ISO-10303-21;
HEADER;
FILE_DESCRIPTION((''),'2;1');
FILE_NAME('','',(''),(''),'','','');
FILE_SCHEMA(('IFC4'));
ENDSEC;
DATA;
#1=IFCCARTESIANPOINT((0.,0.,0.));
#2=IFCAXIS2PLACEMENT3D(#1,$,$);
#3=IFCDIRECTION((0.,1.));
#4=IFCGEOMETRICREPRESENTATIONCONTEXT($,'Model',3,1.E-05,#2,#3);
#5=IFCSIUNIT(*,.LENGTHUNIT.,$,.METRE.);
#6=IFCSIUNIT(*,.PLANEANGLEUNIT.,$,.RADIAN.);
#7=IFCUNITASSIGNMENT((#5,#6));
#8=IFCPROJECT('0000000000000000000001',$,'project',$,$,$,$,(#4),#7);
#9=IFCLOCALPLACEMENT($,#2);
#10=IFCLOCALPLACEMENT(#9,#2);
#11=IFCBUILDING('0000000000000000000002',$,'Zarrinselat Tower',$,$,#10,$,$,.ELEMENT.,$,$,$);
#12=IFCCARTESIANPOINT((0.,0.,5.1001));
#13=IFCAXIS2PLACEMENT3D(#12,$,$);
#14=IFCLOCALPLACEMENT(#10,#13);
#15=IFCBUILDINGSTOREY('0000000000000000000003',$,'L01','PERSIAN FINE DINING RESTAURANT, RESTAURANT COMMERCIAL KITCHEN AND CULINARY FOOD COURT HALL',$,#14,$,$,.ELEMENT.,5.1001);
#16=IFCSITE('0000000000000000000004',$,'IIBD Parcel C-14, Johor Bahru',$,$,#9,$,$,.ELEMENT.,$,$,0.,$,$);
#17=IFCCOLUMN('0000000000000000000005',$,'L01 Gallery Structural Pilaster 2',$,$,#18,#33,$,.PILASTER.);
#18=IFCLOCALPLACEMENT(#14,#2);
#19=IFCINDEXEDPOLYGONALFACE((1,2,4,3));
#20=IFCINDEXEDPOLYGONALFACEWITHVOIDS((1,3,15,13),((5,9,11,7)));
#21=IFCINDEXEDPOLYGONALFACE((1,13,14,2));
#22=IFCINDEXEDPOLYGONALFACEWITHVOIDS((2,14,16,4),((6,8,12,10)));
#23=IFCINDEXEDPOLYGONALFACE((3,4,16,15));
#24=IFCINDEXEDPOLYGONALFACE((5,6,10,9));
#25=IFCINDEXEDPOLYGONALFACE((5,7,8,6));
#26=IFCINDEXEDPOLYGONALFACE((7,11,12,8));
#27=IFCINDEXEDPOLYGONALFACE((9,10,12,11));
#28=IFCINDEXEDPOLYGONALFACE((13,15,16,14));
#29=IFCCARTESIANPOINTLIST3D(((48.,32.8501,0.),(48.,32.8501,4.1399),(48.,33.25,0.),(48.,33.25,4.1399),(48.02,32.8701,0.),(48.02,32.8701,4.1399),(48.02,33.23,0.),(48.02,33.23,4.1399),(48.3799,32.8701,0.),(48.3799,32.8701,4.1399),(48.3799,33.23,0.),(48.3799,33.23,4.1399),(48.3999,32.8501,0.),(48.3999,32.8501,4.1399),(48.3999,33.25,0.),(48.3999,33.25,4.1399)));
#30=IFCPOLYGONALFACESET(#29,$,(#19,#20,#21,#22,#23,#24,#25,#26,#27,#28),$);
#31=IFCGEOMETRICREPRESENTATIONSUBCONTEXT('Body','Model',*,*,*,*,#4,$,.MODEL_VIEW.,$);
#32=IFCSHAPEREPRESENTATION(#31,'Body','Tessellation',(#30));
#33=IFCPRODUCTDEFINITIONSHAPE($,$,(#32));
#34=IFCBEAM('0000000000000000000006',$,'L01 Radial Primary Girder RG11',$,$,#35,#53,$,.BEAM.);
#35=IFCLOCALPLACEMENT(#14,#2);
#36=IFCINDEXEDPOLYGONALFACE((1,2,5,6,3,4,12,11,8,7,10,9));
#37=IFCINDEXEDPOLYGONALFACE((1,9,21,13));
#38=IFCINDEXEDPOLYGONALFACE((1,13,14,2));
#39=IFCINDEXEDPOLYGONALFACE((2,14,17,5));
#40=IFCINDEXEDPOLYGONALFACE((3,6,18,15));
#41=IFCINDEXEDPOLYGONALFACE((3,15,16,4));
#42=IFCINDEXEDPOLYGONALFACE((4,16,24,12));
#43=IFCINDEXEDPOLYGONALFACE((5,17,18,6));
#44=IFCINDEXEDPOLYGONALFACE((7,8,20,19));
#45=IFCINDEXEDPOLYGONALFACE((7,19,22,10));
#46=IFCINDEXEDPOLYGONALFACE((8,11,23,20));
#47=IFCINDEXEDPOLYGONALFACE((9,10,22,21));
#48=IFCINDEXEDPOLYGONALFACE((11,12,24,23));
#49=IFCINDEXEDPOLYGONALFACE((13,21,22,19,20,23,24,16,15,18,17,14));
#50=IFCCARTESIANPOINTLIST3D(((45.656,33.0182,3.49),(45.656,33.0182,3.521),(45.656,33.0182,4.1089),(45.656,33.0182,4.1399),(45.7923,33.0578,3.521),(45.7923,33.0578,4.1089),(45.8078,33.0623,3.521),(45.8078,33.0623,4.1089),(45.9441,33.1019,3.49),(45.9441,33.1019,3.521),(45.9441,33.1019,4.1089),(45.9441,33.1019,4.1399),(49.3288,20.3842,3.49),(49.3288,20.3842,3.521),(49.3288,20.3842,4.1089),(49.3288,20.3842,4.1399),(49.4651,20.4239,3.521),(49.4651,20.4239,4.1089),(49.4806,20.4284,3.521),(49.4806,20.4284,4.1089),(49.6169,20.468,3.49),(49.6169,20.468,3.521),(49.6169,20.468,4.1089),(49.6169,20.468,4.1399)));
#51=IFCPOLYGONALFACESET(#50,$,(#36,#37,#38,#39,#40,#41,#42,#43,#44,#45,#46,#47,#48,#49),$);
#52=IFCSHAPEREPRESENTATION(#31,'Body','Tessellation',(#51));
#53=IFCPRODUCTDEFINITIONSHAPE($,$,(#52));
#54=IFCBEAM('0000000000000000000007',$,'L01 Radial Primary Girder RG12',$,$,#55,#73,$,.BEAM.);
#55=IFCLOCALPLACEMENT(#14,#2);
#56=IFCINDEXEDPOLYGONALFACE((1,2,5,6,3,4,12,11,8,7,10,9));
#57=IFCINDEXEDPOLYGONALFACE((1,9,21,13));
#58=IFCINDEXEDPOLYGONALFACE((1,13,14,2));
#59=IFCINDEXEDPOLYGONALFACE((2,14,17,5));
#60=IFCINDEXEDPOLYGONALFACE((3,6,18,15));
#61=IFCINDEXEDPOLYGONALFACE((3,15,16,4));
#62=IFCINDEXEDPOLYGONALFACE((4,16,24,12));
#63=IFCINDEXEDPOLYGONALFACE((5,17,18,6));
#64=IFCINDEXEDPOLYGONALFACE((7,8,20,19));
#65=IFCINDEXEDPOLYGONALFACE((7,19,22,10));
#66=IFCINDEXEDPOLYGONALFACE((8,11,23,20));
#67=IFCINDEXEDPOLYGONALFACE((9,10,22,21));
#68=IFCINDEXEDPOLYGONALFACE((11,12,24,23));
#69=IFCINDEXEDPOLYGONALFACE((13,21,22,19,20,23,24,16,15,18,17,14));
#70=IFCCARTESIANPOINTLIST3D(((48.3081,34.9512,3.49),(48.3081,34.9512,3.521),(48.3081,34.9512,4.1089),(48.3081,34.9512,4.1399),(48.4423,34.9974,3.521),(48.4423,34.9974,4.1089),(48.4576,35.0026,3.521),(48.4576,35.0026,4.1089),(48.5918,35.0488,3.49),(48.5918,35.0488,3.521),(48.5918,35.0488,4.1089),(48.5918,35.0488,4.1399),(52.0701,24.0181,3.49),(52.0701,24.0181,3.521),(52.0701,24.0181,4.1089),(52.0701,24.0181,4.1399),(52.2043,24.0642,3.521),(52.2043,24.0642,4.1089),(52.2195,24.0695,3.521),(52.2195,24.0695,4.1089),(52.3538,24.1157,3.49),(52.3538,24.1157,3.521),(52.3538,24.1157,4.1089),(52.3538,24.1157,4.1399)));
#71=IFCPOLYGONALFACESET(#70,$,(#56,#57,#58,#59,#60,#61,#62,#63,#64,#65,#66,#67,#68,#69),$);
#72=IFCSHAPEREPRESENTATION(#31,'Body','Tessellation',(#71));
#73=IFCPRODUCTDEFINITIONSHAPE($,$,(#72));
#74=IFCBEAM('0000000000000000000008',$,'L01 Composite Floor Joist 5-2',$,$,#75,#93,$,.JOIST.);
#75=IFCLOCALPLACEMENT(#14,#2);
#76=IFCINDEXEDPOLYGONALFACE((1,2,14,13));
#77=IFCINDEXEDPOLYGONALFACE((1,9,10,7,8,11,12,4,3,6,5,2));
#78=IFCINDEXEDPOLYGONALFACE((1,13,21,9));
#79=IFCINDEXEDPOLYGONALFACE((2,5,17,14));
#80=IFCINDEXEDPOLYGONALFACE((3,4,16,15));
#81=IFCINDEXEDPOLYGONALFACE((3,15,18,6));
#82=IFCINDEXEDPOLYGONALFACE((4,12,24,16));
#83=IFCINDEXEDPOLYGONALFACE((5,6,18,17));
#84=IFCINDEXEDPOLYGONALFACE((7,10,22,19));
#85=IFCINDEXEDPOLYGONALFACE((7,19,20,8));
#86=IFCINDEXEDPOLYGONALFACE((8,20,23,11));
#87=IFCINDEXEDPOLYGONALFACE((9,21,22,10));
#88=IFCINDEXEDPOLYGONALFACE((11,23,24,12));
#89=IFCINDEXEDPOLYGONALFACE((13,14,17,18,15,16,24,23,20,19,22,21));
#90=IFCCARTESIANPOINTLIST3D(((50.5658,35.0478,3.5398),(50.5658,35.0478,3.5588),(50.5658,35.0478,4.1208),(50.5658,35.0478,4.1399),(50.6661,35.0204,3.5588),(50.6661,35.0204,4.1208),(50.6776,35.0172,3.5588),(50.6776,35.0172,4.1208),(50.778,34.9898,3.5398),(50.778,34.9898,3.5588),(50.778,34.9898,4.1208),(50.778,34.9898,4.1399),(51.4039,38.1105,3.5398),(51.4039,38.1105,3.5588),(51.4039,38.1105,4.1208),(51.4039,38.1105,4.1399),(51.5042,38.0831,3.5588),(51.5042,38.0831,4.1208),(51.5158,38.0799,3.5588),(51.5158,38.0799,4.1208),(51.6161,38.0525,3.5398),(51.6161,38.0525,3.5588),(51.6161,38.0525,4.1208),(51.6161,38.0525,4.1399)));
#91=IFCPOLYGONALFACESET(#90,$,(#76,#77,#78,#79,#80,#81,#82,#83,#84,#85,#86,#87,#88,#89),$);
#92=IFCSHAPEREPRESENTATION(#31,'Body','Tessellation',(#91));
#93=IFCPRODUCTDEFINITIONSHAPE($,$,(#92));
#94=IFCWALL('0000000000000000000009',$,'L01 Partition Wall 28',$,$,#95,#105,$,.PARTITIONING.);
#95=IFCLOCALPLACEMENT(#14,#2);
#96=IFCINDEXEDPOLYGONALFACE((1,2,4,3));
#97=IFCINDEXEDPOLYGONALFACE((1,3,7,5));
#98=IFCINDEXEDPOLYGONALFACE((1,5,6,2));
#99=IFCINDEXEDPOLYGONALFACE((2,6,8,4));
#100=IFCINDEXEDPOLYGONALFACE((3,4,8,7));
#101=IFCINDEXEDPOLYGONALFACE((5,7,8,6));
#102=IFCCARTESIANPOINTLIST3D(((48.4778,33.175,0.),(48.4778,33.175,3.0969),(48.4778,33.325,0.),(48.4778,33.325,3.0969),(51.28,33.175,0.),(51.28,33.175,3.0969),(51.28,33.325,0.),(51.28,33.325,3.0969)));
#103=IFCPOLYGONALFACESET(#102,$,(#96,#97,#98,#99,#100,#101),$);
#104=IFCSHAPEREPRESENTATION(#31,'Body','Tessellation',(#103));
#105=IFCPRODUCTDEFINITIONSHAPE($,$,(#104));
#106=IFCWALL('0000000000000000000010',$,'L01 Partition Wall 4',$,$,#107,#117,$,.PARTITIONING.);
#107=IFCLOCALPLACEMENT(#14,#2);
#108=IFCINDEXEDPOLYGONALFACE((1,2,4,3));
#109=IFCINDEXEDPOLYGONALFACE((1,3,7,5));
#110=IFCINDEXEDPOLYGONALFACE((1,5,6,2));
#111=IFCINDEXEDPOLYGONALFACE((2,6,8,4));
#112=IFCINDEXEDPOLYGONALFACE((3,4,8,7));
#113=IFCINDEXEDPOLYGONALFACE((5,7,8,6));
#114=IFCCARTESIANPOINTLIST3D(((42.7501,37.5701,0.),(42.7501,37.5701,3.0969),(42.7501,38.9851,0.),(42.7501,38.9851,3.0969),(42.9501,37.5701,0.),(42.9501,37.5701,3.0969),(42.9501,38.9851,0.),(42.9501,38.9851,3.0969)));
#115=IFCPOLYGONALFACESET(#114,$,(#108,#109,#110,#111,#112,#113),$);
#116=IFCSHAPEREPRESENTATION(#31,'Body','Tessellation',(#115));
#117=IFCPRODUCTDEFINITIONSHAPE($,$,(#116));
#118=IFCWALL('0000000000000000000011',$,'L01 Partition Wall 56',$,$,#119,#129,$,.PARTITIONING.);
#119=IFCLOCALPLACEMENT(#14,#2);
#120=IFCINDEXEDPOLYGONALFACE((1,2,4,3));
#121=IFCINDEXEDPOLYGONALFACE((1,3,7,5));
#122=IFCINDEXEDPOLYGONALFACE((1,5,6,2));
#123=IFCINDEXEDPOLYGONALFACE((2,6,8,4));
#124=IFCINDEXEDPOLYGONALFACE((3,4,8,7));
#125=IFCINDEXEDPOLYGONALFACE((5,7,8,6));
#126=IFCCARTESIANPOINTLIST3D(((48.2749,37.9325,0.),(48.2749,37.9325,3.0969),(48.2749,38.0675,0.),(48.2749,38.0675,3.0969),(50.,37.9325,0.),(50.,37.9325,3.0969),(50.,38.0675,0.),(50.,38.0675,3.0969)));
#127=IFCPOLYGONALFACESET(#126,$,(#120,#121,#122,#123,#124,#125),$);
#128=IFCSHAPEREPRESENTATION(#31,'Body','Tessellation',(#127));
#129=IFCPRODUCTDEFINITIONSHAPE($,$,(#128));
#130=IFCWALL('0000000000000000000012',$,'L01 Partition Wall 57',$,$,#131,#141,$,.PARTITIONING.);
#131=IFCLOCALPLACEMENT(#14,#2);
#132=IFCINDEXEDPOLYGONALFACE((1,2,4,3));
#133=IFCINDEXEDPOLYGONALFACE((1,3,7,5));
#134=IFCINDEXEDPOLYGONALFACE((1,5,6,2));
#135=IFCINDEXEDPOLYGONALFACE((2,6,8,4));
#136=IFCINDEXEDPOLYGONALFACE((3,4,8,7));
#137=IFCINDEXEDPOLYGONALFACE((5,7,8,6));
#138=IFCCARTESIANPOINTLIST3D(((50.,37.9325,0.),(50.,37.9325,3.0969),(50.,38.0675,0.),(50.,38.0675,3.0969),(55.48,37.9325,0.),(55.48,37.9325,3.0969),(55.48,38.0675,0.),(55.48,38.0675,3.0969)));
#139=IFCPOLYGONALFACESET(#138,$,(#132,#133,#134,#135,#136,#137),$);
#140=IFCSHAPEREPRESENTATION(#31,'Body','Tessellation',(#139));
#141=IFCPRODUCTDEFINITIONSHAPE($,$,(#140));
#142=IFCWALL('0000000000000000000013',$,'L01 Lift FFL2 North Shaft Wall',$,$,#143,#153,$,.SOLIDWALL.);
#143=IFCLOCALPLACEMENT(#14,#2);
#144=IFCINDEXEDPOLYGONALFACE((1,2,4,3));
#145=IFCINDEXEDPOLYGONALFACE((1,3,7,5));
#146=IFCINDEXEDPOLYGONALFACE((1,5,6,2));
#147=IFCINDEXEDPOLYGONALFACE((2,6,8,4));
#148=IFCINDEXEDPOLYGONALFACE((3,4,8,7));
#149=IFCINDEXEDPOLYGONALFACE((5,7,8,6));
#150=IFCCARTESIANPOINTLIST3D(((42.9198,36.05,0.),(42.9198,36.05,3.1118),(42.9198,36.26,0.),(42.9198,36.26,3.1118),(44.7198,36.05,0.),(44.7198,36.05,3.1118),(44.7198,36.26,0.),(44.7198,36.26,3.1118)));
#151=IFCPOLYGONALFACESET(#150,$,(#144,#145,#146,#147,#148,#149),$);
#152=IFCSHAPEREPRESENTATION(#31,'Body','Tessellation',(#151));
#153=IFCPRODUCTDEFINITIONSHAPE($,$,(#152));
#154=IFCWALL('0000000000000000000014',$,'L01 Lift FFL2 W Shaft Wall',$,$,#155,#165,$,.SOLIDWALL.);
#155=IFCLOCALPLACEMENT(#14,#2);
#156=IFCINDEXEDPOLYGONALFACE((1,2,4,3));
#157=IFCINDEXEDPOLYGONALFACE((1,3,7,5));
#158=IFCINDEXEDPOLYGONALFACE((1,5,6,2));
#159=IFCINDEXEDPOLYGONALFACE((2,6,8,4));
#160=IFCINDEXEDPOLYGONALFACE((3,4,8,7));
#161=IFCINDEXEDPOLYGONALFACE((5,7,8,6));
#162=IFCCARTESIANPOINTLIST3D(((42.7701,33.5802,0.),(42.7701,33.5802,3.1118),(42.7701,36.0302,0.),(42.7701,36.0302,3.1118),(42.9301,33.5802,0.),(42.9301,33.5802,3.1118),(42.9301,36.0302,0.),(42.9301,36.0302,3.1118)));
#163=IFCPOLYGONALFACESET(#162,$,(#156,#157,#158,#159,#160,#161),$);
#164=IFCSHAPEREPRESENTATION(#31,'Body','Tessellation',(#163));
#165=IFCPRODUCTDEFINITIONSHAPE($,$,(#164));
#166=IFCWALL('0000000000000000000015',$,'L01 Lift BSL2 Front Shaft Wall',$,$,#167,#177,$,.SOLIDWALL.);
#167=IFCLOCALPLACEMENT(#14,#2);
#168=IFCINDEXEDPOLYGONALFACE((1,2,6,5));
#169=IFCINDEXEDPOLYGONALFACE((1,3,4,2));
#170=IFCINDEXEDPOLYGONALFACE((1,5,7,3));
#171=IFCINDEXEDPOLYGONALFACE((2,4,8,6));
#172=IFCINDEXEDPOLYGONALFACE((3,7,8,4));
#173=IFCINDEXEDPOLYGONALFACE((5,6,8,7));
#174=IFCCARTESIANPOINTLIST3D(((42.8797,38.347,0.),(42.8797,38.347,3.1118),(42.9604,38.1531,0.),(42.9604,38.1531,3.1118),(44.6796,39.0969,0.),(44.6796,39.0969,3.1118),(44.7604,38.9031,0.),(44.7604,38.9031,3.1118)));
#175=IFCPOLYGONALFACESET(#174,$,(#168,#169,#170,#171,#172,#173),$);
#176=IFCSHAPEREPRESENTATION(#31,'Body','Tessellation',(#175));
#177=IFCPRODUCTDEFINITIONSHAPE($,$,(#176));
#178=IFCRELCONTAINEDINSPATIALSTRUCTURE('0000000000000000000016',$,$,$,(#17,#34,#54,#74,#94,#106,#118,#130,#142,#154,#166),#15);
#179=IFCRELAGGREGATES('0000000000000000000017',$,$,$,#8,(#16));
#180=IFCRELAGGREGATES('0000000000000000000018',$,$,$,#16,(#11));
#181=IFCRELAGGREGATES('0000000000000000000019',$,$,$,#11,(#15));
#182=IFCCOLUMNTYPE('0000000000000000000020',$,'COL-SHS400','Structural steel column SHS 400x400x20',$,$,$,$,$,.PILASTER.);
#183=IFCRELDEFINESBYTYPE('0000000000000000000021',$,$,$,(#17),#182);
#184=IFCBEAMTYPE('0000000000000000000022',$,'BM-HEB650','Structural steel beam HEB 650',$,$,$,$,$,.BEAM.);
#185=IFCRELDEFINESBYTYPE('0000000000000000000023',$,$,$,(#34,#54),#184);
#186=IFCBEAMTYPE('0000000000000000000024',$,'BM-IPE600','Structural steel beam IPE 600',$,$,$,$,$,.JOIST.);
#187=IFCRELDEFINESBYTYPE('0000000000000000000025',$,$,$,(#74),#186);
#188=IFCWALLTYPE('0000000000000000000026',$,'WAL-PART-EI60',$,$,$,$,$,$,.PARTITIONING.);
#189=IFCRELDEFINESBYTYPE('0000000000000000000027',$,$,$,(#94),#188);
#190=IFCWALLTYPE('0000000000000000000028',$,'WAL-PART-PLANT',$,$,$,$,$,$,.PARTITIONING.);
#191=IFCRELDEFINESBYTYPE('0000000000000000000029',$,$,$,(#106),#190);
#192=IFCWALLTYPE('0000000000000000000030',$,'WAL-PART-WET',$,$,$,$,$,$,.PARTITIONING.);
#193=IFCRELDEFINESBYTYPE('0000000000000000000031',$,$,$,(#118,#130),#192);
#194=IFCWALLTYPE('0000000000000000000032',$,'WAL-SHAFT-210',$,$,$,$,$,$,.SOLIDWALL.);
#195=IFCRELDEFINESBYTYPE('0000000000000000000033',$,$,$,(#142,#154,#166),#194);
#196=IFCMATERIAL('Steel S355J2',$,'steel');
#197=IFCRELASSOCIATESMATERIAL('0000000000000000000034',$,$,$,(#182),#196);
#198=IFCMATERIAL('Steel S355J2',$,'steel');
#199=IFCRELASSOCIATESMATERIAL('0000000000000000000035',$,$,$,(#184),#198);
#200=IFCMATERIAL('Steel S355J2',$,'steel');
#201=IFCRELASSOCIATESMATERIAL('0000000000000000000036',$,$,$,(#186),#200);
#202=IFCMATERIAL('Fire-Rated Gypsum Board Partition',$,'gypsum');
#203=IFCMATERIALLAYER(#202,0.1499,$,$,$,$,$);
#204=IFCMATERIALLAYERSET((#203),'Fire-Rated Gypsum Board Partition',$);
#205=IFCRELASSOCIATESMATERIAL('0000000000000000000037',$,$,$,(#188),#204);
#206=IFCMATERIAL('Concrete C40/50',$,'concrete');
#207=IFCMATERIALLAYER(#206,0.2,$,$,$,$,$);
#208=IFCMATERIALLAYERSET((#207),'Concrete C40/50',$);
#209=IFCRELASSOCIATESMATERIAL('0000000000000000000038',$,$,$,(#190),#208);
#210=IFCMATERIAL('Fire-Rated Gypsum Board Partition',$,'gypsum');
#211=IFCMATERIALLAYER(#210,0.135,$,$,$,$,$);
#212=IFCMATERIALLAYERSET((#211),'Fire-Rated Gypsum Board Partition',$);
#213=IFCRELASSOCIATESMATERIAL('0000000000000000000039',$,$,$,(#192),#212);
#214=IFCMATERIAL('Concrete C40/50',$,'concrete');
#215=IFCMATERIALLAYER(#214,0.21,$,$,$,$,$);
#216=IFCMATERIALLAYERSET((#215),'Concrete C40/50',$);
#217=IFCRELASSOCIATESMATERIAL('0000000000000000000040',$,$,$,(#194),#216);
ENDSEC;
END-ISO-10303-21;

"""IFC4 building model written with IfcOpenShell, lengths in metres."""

from ifc_helpers import new_model, si_unit, direction, frame, frame_2d, origin, origin_2d, place, context, subcontext, project, spatial, rectangle, hollow_rectangle, i_section, extrude, material, layer, layer_set, material_profile, profile_set, type_object, element, save


model = new_model("IFC4")

# Units and contexts
model_context = context("Model", 3, precision=1e-05, world=origin(), true_north=direction((0.0, 1.0)))
body_context = subcontext(model_context, "Body", "Model", "MODEL_VIEW")
ifc_project = project(units=[si_unit("LENGTHUNIT", "METRE"), si_unit("PLANEANGLEUNIT", "RADIAN")], contexts=[model_context])

# Site, building, storey
site_placement = place(None, origin())
site = spatial("IfcSite", under=ifc_project, at=site_placement, Name="IIBD Parcel C-14, Johor Bahru", CompositionType="ELEMENT", RefElevation=0.0)
building_placement = place(site_placement, origin())
building = spatial("IfcBuilding", under=site, at=building_placement, Name="Zarrinselat Tower", CompositionType="ELEMENT")
storey_placement = place(building_placement, frame((0.0, 0.0, 5.1001)))
storey = spatial("IfcBuildingStorey", under=building, at=storey_placement, Name="L01", Description="PERSIAN FINE DINING RESTAURANT, RESTAURANT COMMERCIAL KITCHEN AND CULINARY FOOD COURT HALL", CompositionType="ELEMENT", Elevation=5.1001)

# Column
ifc_material_1 = material(Name="Steel S355J2", Category="steel")
ifc_material_profile_1 = material_profile(ifc_material_1, hollow_rectangle(XDim=0.3999, YDim=0.3999, WallThickness=0.02, at=origin_2d()), Name="SHS 400x400x20")
ifc_profile_set_1 = profile_set([ifc_material_profile_1], Name="Steel S355J2")
column_type = type_object("IfcColumnType", Name="COL-SHS400", Description="Structural steel column SHS 400x400x20", PredefinedType="PILASTER", material=ifc_profile_set_1)
column_placement = place(storey_placement, frame((48.2, 33.05, 0.0), z_axis=(0.0, 0.0, 1.0), x_axis=(1.0, 0.0, 0.0)))
element("IfcColumn", 1, at=column_placement, inside=storey, type_object=column_type, Name="L01 Gallery Structural Pilaster 2", PredefinedType="PILASTER", context=body_context, shape_type="SweptSolid", body=[
    extrude(hollow_rectangle(XDim=0.3999, YDim=0.3999, WallThickness=0.02, at=origin_2d()), origin(), (0.0, 0.0, 1.0), 4.1399),
])

# Beams
ifc_material_2 = material(Name="Steel S355J2", Category="steel")
ifc_material_profile_2 = material_profile(ifc_material_2, i_section(OverallWidth=0.3, OverallDepth=0.6499, WebThickness=0.0161, FlangeThickness=0.031, at=origin_2d()), Name="HEB 650")
ifc_profile_set_2 = profile_set([ifc_material_profile_2], Name="Steel S355J2")
beam_type_1 = type_object("IfcBeamType", Name="BM-HEB650", Description="Structural steel beam HEB 650", PredefinedType="BEAM", material=ifc_profile_set_2)
beam_1_placement = place(storey_placement, frame((45.8, 33.0601, 3.8149), z_axis=(0.279154, -0.960246, 0.0), x_axis=(0.960246, 0.279154, 0.0)))
element("IfcBeam", 2, at=beam_1_placement, inside=storey, type_object=beam_type_1, Name="L01 Radial Primary Girder RG11", PredefinedType="BEAM", context=body_context, shape_type="SweptSolid", body=[
    extrude(i_section(OverallWidth=0.3, OverallDepth=0.6499, WebThickness=0.0161, FlangeThickness=0.031, at=origin_2d()), origin(), (0.0, 0.0, 1.0), 13.157),
])
beam_2_placement = place(storey_placement, frame((48.45, 35.0, 3.8149), z_axis=(0.325367, -0.945588, 0.0), x_axis=(0.945588, 0.325367, 0.0)))
element("IfcBeam", 3, at=beam_2_placement, inside=storey, type_object=beam_type_1, Name="L01 Radial Primary Girder RG12", PredefinedType="BEAM", context=body_context, shape_type="SweptSolid", body=[
    extrude(i_section(OverallWidth=0.3, OverallDepth=0.6499, WebThickness=0.0161, FlangeThickness=0.031, at=origin_2d()), origin(), (0.0, 0.0, 1.0), 11.5623),
])
ifc_material_3 = material(Name="Steel S355J2", Category="steel")
ifc_material_profile_3 = material_profile(ifc_material_3, i_section(OverallWidth=0.22, OverallDepth=0.6001, WebThickness=0.012, FlangeThickness=0.019, at=origin_2d()), Name="IPE 600")
ifc_profile_set_3 = profile_set([ifc_material_profile_3], Name="Steel S355J2")
beam_type_2 = type_object("IfcBeamType", Name="BM-IPE600", Description="Structural steel beam IPE 600", PredefinedType="JOIST", material=ifc_profile_set_3)
beam_3_placement = place(storey_placement, frame((50.6719, 35.0188, 3.8398), z_axis=(0.26395, 0.964536, 0.0), x_axis=(-0.964536, 0.26395, 0.0)))
element("IfcBeam", 4, at=beam_3_placement, inside=storey, type_object=beam_type_2, Name="L01 Composite Floor Joist 5-2", PredefinedType="JOIST", context=body_context, shape_type="SweptSolid", body=[
    extrude(i_section(OverallWidth=0.22, OverallDepth=0.6001, WebThickness=0.012, FlangeThickness=0.019, at=origin_2d()), origin(), (0.0, 0.0, 1.0), 3.1753),
])

# Walls
ifc_material_4 = material(Name="Fire-Rated Gypsum Board Partition", Category="gypsum")
ifc_layer_1 = layer(ifc_material_4, 0.1499)
ifc_layer_set_1 = layer_set([ifc_layer_1], Name="Fire-Rated Gypsum Board Partition")
wall_type_1 = type_object("IfcWallType", Name="WAL-PART-EI60", PredefinedType="PARTITIONING", material=ifc_layer_set_1)
wall_1_placement = place(storey_placement, frame((48.4778, 33.25, 0.0), z_axis=(0.0, 0.0, 1.0), x_axis=(1.0, 0.0, 0.0)))
element("IfcWall", 5, at=wall_1_placement, inside=storey, type_object=wall_type_1, Name="L01 Partition Wall 28", PredefinedType="PARTITIONING", context=body_context, shape_type="SweptSolid", body=[
    extrude(rectangle(XDim=2.8022, YDim=0.1499, at=frame_2d((1.4011, 0.0))), origin(), (0.0, 0.0, 1.0), 3.0969),
])
ifc_material_5 = material(Name="Concrete C40/50", Category="concrete")
ifc_layer_2 = layer(ifc_material_5, 0.2)
ifc_layer_set_2 = layer_set([ifc_layer_2], Name="Concrete C40/50")
wall_type_2 = type_object("IfcWallType", Name="WAL-PART-PLANT", PredefinedType="PARTITIONING", material=ifc_layer_set_2)
wall_2_placement = place(storey_placement, frame((42.8501, 37.5701, 0.0), z_axis=(0.0, 0.0, 1.0), x_axis=(0.0, 1.0, 0.0)))
element("IfcWall", 6, at=wall_2_placement, inside=storey, type_object=wall_type_2, Name="L01 Partition Wall 4", PredefinedType="PARTITIONING", context=body_context, shape_type="SweptSolid", body=[
    extrude(rectangle(XDim=1.415, YDim=0.2, at=frame_2d((0.7075, 0.0))), origin(), (0.0, 0.0, 1.0), 3.0969),
])
ifc_material_6 = material(Name="Fire-Rated Gypsum Board Partition", Category="gypsum")
ifc_layer_3 = layer(ifc_material_6, 0.135)
ifc_layer_set_3 = layer_set([ifc_layer_3], Name="Fire-Rated Gypsum Board Partition")
wall_type_3 = type_object("IfcWallType", Name="WAL-PART-WET", PredefinedType="PARTITIONING", material=ifc_layer_set_3)
wall_3_placement = place(storey_placement, frame((48.2749, 38.0, 0.0), z_axis=(0.0, 0.0, 1.0), x_axis=(1.0, 0.0, 0.0)))
element("IfcWall", 7, at=wall_3_placement, inside=storey, type_object=wall_type_3, Name="L01 Partition Wall 56", PredefinedType="PARTITIONING", context=body_context, shape_type="SweptSolid", body=[
    extrude(rectangle(XDim=1.7251, YDim=0.135, at=frame_2d((0.8625, 0.0))), origin(), (0.0, 0.0, 1.0), 3.0969),
])
wall_4_placement = place(storey_placement, frame((50.0, 38.0, 0.0), z_axis=(0.0, 0.0, 1.0), x_axis=(1.0, 0.0, 0.0)))
element("IfcWall", 8, at=wall_4_placement, inside=storey, type_object=wall_type_3, Name="L01 Partition Wall 57", PredefinedType="PARTITIONING", context=body_context, shape_type="SweptSolid", body=[
    extrude(rectangle(XDim=5.48, YDim=0.135, at=frame_2d((2.74, 0.0))), origin(), (0.0, 0.0, 1.0), 3.0969),
])
ifc_material_7 = material(Name="Concrete C40/50", Category="concrete")
ifc_layer_4 = layer(ifc_material_7, 0.21)
ifc_layer_set_4 = layer_set([ifc_layer_4], Name="Concrete C40/50")
wall_type_4 = type_object("IfcWallType", Name="WAL-SHAFT-210", PredefinedType="SOLIDWALL", material=ifc_layer_set_4)
wall_5_placement = place(storey_placement, frame((42.9199, 36.155, 0.0), z_axis=(0.0, 0.0, 1.0), x_axis=(1.0, 0.0, 0.0)))
element("IfcWall", 9, at=wall_5_placement, inside=storey, type_object=wall_type_4, Name="L01 Lift FFL2 North Shaft Wall", PredefinedType="SOLIDWALL", context=body_context, shape_type="SweptSolid", body=[
    extrude(rectangle(XDim=1.8, YDim=0.21, at=frame_2d((0.8999, 0.0))), origin(), (0.0, 0.0, 1.0), 3.1118),
])
wall_6_placement = place(storey_placement, frame((42.8501, 33.5801, 0.0), z_axis=(0.0, 0.0, 1.0), x_axis=(0.0, 1.0, 0.0)))
element("IfcWall", 10, at=wall_6_placement, inside=storey, type_object=wall_type_4, Name="L01 Lift FFL2 W Shaft Wall", PredefinedType="SOLIDWALL", context=body_context, shape_type="SweptSolid", body=[
    extrude(rectangle(XDim=2.45, YDim=0.1599, at=frame_2d((1.2251, 0.0))), origin(), (0.0, 0.0, 1.0), 3.1118),
])
wall_7_placement = place(storey_placement, frame((42.9199, 38.25, 0.0), z_axis=(0.0, 0.0, 1.0), x_axis=(0.923081, 0.384606, 0.0)))
element("IfcWall", 11, at=wall_7_placement, inside=storey, type_object=wall_type_4, Name="L01 Lift BSL2 Front Shaft Wall", PredefinedType="SOLIDWALL", context=body_context, shape_type="SweptSolid", body=[
    extrude(rectangle(XDim=1.95, YDim=0.21, at=frame_2d((0.9751, 0.0))), origin(), (0.0, 0.0, 1.0), 3.1118),
])

save(model, "model.ifc")
